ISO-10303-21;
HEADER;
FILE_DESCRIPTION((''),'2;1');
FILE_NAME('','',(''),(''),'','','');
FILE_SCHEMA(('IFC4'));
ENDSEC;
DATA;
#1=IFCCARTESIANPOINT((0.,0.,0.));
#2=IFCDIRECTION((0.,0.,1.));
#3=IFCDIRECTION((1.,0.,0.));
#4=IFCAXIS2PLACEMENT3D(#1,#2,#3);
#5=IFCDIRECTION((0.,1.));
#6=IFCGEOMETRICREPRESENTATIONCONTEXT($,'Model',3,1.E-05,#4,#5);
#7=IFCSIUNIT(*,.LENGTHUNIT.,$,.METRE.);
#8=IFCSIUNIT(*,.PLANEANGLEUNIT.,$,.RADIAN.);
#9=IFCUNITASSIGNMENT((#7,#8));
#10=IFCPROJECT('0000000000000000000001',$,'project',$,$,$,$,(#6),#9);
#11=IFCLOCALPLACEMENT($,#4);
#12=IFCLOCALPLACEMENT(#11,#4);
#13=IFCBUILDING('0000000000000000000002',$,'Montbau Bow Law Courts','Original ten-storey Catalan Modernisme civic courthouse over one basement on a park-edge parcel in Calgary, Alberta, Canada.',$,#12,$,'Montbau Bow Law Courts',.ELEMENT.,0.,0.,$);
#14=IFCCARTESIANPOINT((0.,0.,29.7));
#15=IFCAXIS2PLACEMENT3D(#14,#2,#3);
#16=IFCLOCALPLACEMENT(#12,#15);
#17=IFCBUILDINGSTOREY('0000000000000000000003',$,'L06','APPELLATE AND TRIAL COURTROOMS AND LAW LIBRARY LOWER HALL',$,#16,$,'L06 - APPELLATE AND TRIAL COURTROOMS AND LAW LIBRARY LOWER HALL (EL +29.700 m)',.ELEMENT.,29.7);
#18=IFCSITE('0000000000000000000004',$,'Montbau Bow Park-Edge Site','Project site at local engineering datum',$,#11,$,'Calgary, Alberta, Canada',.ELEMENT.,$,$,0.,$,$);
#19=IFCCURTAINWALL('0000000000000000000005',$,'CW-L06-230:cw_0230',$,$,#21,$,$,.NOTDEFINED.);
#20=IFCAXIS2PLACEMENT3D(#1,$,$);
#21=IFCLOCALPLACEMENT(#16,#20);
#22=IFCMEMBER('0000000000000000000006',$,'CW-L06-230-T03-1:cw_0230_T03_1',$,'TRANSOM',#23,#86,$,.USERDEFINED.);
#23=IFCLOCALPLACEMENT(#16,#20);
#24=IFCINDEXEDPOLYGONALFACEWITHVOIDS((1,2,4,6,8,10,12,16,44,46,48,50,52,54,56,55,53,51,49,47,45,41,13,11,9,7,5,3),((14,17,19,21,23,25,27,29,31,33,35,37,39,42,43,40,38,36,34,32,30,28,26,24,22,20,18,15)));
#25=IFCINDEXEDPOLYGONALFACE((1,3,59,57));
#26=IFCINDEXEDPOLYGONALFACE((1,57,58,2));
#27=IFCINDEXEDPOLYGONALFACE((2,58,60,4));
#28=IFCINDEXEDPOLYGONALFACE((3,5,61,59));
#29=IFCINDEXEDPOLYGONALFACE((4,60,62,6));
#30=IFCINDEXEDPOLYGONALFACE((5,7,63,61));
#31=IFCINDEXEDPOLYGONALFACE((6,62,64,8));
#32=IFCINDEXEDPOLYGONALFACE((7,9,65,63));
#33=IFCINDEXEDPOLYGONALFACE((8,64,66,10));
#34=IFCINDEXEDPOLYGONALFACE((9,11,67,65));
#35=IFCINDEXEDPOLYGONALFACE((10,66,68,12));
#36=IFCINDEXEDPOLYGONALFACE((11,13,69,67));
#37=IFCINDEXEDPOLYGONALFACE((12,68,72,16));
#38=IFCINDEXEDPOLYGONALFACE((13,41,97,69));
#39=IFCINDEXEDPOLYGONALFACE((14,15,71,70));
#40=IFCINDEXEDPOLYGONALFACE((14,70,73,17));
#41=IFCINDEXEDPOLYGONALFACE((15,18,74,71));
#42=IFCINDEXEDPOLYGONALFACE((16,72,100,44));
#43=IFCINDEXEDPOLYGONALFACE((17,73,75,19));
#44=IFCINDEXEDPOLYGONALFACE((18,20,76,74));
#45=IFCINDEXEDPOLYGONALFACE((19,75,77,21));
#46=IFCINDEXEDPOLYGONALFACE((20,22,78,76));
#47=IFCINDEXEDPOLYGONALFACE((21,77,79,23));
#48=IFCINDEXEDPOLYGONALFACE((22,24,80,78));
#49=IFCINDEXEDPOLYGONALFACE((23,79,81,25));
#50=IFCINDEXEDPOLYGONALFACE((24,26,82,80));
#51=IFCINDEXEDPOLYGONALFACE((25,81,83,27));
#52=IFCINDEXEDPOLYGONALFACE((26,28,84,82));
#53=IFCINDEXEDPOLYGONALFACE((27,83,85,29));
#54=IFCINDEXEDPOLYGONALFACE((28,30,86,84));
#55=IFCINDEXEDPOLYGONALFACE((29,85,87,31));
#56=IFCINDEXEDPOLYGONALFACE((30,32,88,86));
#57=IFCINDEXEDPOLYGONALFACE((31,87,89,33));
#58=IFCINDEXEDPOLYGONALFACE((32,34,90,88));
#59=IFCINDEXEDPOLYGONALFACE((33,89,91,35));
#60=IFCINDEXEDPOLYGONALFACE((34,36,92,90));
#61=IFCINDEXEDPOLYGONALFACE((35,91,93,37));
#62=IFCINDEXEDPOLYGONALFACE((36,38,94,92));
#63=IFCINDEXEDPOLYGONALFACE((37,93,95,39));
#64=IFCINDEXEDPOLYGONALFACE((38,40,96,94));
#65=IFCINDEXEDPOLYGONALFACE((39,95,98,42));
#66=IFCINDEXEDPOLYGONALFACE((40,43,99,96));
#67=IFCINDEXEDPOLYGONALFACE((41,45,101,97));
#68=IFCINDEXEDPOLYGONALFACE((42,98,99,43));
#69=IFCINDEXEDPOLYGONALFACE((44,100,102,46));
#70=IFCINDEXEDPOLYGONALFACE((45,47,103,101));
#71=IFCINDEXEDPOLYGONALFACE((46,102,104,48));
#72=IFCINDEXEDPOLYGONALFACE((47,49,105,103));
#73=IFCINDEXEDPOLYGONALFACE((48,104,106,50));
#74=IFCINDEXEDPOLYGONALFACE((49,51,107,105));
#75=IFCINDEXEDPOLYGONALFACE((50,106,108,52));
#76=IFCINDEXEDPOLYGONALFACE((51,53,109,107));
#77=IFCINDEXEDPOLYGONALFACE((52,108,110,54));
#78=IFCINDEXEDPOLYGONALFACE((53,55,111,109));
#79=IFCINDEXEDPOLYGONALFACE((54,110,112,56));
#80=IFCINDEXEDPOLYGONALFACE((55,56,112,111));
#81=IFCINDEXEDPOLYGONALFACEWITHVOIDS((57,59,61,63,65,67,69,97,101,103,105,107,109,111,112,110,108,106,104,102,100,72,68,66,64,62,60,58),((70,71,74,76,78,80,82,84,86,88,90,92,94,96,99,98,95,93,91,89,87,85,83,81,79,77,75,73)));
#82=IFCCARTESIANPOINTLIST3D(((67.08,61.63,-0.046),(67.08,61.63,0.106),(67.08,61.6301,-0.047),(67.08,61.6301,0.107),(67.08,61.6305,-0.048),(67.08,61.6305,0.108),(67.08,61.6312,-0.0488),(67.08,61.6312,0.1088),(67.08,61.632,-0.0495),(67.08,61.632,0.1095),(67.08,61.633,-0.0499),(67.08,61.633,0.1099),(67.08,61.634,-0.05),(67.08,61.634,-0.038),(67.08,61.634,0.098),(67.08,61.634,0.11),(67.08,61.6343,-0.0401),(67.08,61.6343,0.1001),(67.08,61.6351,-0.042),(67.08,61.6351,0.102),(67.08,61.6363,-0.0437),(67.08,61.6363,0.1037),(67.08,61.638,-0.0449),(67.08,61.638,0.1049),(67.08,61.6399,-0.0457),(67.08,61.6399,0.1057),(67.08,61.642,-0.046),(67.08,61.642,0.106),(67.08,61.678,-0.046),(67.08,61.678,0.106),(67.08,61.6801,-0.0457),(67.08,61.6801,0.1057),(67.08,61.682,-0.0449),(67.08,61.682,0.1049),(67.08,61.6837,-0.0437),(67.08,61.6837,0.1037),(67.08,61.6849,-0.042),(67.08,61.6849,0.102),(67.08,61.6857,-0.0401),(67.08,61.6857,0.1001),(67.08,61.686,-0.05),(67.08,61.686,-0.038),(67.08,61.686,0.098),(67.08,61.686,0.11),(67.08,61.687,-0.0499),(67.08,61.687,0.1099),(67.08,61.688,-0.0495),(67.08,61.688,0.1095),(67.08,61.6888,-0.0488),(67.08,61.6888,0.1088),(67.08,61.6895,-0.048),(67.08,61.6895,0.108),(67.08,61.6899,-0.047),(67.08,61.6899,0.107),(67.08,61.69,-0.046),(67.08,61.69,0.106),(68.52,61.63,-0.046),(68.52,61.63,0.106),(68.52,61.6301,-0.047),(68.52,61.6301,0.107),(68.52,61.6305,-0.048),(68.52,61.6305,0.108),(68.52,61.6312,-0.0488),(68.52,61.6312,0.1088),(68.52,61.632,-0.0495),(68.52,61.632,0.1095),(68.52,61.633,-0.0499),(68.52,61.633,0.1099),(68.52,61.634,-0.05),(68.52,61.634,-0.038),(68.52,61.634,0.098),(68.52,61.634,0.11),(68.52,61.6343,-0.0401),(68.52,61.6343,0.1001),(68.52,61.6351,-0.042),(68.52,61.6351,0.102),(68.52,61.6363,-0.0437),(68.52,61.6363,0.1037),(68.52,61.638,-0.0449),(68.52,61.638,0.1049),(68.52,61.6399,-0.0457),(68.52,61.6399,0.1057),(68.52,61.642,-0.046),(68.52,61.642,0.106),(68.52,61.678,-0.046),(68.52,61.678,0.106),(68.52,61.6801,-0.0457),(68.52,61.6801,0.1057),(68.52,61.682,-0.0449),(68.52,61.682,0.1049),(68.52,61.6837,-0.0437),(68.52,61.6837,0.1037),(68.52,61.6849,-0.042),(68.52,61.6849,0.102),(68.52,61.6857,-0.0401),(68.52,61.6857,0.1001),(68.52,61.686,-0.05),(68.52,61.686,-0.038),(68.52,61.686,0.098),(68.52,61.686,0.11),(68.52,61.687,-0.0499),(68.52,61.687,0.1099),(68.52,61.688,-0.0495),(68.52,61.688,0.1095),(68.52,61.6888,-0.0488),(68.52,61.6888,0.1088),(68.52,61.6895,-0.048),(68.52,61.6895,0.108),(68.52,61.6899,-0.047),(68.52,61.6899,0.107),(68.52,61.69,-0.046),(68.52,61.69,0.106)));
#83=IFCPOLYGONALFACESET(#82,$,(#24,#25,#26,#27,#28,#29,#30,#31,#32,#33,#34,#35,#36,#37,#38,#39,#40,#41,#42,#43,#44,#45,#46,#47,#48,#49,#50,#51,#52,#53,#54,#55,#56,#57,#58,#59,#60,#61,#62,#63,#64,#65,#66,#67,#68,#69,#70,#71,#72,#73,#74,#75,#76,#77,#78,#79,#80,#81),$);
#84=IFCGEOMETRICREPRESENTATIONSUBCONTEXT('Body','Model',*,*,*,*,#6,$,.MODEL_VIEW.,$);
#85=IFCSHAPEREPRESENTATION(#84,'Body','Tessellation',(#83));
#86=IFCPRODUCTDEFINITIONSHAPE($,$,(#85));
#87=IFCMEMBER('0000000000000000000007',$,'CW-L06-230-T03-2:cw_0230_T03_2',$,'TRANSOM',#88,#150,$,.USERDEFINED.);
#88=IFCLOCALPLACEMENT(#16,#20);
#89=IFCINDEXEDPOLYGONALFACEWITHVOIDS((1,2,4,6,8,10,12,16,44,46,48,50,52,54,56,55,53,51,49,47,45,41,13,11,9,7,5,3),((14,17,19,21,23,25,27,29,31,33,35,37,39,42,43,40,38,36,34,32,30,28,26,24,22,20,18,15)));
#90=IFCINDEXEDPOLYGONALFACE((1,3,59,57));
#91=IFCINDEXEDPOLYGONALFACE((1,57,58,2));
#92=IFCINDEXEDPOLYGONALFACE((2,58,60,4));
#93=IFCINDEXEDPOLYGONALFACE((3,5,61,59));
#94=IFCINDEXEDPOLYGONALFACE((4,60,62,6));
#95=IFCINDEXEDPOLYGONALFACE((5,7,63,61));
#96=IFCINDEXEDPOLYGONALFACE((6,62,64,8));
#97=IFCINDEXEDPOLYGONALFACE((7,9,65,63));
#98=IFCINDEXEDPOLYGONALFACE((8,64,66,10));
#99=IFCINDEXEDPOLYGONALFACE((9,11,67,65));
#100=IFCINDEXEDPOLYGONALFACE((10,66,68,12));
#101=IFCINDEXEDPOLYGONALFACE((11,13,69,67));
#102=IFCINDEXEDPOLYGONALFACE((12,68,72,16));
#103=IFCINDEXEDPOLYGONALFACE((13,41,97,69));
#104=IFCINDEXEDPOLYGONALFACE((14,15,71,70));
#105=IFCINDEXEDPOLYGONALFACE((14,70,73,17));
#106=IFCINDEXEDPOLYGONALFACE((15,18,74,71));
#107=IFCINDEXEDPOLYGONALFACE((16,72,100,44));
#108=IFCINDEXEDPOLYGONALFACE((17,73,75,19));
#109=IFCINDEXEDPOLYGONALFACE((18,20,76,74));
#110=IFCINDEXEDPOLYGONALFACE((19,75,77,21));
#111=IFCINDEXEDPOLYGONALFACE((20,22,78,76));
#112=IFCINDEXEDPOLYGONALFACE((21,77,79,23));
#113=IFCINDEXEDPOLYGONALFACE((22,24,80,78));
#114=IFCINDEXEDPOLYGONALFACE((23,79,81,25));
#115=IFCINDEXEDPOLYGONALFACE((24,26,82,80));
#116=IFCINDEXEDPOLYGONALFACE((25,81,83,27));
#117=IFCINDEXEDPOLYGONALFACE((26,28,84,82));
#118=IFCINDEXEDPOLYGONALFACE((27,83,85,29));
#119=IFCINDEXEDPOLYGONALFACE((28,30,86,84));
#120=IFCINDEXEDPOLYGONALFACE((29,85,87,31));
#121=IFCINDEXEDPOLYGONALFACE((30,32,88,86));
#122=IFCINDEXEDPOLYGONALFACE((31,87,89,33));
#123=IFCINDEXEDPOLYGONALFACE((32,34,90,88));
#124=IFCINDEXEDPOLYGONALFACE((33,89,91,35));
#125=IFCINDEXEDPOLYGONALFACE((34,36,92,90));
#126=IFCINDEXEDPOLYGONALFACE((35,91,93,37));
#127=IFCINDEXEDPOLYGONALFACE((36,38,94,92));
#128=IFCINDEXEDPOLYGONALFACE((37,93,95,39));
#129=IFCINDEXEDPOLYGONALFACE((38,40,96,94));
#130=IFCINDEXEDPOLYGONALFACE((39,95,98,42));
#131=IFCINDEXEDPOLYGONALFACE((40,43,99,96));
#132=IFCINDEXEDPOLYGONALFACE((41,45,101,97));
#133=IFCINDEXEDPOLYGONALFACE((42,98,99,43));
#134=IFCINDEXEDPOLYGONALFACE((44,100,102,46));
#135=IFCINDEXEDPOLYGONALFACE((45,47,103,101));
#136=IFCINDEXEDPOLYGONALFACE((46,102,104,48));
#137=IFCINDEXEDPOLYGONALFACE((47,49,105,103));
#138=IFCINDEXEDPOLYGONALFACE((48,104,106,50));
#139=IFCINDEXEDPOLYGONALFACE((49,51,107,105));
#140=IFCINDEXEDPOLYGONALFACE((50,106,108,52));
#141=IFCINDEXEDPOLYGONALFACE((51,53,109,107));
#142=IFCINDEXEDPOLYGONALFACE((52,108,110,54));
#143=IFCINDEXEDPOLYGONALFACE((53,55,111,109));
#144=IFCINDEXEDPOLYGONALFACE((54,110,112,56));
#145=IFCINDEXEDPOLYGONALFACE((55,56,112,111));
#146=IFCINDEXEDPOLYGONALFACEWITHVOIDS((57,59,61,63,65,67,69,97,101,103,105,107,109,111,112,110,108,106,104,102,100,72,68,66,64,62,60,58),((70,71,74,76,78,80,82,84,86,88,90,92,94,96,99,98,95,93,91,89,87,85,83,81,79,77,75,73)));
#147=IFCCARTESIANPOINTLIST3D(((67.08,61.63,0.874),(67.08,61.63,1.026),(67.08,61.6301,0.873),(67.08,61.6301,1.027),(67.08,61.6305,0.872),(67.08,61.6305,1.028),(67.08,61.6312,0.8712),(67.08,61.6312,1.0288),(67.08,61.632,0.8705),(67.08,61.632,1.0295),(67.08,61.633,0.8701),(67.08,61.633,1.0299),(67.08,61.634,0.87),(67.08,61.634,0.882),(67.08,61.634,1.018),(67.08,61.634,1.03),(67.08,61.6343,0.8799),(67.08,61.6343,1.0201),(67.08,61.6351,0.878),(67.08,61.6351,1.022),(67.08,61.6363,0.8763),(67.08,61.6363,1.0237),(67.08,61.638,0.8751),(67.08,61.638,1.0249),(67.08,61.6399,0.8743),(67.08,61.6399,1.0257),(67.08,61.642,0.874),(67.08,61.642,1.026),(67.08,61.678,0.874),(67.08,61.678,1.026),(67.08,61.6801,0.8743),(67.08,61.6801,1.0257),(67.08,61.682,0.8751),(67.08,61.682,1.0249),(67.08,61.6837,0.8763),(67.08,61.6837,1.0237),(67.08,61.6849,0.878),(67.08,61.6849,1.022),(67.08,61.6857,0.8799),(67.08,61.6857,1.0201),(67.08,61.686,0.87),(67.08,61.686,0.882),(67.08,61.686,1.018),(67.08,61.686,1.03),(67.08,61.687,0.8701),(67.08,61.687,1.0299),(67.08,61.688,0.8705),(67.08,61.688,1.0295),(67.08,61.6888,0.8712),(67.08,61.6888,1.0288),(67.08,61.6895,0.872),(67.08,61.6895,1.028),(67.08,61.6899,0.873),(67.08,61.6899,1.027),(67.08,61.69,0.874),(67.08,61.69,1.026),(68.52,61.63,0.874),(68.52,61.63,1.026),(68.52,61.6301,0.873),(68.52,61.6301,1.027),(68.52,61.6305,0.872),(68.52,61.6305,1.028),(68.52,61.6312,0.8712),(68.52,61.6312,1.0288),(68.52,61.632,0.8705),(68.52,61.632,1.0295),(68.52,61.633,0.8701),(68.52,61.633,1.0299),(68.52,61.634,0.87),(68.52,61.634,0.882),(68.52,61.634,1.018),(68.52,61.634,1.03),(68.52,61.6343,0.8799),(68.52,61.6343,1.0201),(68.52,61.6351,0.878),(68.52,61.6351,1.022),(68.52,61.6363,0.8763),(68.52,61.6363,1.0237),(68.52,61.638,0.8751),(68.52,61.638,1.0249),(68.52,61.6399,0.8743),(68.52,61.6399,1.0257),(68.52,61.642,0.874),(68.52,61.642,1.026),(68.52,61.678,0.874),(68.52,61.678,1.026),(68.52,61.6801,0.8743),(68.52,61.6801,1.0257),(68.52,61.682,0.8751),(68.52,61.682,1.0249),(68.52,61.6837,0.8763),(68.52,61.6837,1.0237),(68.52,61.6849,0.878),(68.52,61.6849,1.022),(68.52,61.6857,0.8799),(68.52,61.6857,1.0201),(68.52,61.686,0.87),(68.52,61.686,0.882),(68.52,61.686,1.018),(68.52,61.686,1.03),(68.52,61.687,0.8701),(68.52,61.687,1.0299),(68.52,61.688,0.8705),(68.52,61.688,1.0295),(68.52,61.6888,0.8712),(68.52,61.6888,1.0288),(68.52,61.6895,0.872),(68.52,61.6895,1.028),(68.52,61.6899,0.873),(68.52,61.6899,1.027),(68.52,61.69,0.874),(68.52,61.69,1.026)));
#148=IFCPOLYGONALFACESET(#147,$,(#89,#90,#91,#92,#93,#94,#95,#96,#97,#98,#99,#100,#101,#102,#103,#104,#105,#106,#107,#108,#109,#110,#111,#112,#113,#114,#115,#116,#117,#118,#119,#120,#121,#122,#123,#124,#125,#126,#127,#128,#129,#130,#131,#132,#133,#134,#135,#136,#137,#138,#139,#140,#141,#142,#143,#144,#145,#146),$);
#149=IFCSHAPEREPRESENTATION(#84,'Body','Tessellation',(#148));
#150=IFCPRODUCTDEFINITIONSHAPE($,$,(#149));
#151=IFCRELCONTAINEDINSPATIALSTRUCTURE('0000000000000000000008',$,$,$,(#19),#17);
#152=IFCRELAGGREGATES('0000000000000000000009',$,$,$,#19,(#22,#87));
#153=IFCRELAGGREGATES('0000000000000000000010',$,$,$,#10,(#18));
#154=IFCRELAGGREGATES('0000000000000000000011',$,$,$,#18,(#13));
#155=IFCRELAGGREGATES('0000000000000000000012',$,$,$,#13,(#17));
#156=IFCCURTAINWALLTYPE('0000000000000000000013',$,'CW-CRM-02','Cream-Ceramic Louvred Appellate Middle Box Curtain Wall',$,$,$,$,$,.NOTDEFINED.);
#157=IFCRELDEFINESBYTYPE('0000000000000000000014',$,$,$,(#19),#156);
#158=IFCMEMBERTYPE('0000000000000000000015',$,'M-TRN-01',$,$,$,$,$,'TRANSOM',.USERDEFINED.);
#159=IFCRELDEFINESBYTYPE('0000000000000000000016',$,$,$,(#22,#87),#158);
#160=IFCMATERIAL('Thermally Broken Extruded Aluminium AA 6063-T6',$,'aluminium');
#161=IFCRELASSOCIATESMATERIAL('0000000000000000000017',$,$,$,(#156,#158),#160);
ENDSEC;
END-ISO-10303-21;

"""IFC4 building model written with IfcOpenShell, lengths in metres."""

from ifc_helpers import new_model, si_unit, direction, frame, origin_with_axes, origin_2d_with_axis, place, context, subcontext, project, spatial, hollow_rectangle, extrude, material, material_profile, profile_set, type_object, element, aggregate, save


model = new_model("IFC4")

# Units and contexts
model_context = context("Model", 3, precision=1e-05, world=origin_with_axes(), true_north=direction((0.0, 1.0)))
body_context = subcontext(model_context, "Body", "Model", "MODEL_VIEW")
ifc_project = project(units=[si_unit("LENGTHUNIT", "METRE"), si_unit("PLANEANGLEUNIT", "RADIAN")], contexts=[model_context])

# Site, building, storey
site_placement = place(None, origin_with_axes())
site = spatial("IfcSite", under=ifc_project, at=site_placement, Name="Montbau Bow Park-Edge Site", Description="Project site at local engineering datum", LongName="Calgary, Alberta, Canada", CompositionType="ELEMENT", RefElevation=0.0)
building_placement = place(site_placement, origin_with_axes())
building = spatial("IfcBuilding", under=site, at=building_placement, Name="Montbau Bow Law Courts", Description="Original ten-storey Catalan Modernisme civic courthouse over one basement on a park-edge parcel in Calgary, Alberta, Canada.", LongName="Montbau Bow Law Courts", CompositionType="ELEMENT", ElevationOfRefHeight=0.0, ElevationOfTerrain=0.0)
storey_placement = place(building_placement, frame((0.0, 0.0, 29.7), z_axis=(0.0, 0.0, 1.0), x_axis=(1.0, 0.0, 0.0)))
storey = spatial("IfcBuildingStorey", under=building, at=storey_placement, Name="L06", Description="APPELLATE AND TRIAL COURTROOMS AND LAW LIBRARY LOWER HALL", LongName="L06 - APPELLATE AND TRIAL COURTROOMS AND LAW LIBRARY LOWER HALL (EL +29.700 m)", CompositionType="ELEMENT", Elevation=29.7)

# Shared definitions
ifc_material_1 = material(Name="Thermally Broken Extruded Aluminium AA 6063-T6", Category="aluminium")
curtain_wall_type = type_object("IfcCurtainWallType", Name="CW-CRM-02", Description="Cream-Ceramic Louvred Appellate Middle Box Curtain Wall", PredefinedType="NOTDEFINED", material=ifc_material_1)

# Curtain wall, members
curtain_wall_1_placement = place(None, frame((64.04, 61.66, 29.7), z_axis=(0.0, 0.0, 1.0), x_axis=(1.0, 0.0, 0.0)))
curtain_wall_1 = element("IfcCurtainWall", 1, at=curtain_wall_1_placement, inside=storey, type_object=curtain_wall_type, Name="CW-L06-230:cw_0230", PredefinedType="NOTDEFINED")
ifc_material_profile_1 = material_profile(ifc_material_1, hollow_rectangle(XDim=0.06, YDim=0.16, WallThickness=0.004, InnerFilletRadius=0.008, OuterFilletRadius=0.004, at=origin_2d_with_axis()), Name="CWT-160X60", Category="Main", Priority=0)
ifc_profile_set_1 = profile_set([ifc_material_profile_1], Name="Thermally Broken Extruded Aluminium AA 6063-T6")
member_type_1 = type_object("IfcMemberType", Name="M-TRN-01", ElementType="TRANSOM", PredefinedType="USERDEFINED", material=ifc_profile_set_1)
member_1_placement = place(None, frame((67.08, 61.66, 29.73), z_axis=(1.0, 0.0, 0.0), x_axis=(0.0, 1.0, 0.0)))
member_1 = element("IfcMember", 2, at=member_1_placement, type_object=member_type_1, Name="CW-L06-230-T03-1:cw_0230_T03_1", ObjectType="TRANSOM", PredefinedType="USERDEFINED", context=body_context, shape_type="SweptSolid", body=[
    extrude(hollow_rectangle(XDim=0.06, YDim=0.16, WallThickness=0.004, InnerFilletRadius=0.008, OuterFilletRadius=0.004, at=origin_2d_with_axis()), origin_with_axes(), (0.0, 0.0, 1.0), 1.44),
])
member_2_placement = place(None, frame((67.08, 61.66, 30.65), z_axis=(1.0, 0.0, 0.0), x_axis=(0.0, 1.0, 0.0)))
member_2 = element("IfcMember", 3, at=member_2_placement, type_object=member_type_1, Name="CW-L06-230-T03-2:cw_0230_T03_2", ObjectType="TRANSOM", PredefinedType="USERDEFINED", context=body_context, shape_type="SweptSolid", body=[
    extrude(hollow_rectangle(XDim=0.06, YDim=0.16, WallThickness=0.004, InnerFilletRadius=0.008, OuterFilletRadius=0.004, at=origin_2d_with_axis()), origin_with_axes(), (0.0, 0.0, 1.0), 1.44),
])
aggregate(curtain_wall_1, [member_1, member_2])

save(model, "model.ifc")
